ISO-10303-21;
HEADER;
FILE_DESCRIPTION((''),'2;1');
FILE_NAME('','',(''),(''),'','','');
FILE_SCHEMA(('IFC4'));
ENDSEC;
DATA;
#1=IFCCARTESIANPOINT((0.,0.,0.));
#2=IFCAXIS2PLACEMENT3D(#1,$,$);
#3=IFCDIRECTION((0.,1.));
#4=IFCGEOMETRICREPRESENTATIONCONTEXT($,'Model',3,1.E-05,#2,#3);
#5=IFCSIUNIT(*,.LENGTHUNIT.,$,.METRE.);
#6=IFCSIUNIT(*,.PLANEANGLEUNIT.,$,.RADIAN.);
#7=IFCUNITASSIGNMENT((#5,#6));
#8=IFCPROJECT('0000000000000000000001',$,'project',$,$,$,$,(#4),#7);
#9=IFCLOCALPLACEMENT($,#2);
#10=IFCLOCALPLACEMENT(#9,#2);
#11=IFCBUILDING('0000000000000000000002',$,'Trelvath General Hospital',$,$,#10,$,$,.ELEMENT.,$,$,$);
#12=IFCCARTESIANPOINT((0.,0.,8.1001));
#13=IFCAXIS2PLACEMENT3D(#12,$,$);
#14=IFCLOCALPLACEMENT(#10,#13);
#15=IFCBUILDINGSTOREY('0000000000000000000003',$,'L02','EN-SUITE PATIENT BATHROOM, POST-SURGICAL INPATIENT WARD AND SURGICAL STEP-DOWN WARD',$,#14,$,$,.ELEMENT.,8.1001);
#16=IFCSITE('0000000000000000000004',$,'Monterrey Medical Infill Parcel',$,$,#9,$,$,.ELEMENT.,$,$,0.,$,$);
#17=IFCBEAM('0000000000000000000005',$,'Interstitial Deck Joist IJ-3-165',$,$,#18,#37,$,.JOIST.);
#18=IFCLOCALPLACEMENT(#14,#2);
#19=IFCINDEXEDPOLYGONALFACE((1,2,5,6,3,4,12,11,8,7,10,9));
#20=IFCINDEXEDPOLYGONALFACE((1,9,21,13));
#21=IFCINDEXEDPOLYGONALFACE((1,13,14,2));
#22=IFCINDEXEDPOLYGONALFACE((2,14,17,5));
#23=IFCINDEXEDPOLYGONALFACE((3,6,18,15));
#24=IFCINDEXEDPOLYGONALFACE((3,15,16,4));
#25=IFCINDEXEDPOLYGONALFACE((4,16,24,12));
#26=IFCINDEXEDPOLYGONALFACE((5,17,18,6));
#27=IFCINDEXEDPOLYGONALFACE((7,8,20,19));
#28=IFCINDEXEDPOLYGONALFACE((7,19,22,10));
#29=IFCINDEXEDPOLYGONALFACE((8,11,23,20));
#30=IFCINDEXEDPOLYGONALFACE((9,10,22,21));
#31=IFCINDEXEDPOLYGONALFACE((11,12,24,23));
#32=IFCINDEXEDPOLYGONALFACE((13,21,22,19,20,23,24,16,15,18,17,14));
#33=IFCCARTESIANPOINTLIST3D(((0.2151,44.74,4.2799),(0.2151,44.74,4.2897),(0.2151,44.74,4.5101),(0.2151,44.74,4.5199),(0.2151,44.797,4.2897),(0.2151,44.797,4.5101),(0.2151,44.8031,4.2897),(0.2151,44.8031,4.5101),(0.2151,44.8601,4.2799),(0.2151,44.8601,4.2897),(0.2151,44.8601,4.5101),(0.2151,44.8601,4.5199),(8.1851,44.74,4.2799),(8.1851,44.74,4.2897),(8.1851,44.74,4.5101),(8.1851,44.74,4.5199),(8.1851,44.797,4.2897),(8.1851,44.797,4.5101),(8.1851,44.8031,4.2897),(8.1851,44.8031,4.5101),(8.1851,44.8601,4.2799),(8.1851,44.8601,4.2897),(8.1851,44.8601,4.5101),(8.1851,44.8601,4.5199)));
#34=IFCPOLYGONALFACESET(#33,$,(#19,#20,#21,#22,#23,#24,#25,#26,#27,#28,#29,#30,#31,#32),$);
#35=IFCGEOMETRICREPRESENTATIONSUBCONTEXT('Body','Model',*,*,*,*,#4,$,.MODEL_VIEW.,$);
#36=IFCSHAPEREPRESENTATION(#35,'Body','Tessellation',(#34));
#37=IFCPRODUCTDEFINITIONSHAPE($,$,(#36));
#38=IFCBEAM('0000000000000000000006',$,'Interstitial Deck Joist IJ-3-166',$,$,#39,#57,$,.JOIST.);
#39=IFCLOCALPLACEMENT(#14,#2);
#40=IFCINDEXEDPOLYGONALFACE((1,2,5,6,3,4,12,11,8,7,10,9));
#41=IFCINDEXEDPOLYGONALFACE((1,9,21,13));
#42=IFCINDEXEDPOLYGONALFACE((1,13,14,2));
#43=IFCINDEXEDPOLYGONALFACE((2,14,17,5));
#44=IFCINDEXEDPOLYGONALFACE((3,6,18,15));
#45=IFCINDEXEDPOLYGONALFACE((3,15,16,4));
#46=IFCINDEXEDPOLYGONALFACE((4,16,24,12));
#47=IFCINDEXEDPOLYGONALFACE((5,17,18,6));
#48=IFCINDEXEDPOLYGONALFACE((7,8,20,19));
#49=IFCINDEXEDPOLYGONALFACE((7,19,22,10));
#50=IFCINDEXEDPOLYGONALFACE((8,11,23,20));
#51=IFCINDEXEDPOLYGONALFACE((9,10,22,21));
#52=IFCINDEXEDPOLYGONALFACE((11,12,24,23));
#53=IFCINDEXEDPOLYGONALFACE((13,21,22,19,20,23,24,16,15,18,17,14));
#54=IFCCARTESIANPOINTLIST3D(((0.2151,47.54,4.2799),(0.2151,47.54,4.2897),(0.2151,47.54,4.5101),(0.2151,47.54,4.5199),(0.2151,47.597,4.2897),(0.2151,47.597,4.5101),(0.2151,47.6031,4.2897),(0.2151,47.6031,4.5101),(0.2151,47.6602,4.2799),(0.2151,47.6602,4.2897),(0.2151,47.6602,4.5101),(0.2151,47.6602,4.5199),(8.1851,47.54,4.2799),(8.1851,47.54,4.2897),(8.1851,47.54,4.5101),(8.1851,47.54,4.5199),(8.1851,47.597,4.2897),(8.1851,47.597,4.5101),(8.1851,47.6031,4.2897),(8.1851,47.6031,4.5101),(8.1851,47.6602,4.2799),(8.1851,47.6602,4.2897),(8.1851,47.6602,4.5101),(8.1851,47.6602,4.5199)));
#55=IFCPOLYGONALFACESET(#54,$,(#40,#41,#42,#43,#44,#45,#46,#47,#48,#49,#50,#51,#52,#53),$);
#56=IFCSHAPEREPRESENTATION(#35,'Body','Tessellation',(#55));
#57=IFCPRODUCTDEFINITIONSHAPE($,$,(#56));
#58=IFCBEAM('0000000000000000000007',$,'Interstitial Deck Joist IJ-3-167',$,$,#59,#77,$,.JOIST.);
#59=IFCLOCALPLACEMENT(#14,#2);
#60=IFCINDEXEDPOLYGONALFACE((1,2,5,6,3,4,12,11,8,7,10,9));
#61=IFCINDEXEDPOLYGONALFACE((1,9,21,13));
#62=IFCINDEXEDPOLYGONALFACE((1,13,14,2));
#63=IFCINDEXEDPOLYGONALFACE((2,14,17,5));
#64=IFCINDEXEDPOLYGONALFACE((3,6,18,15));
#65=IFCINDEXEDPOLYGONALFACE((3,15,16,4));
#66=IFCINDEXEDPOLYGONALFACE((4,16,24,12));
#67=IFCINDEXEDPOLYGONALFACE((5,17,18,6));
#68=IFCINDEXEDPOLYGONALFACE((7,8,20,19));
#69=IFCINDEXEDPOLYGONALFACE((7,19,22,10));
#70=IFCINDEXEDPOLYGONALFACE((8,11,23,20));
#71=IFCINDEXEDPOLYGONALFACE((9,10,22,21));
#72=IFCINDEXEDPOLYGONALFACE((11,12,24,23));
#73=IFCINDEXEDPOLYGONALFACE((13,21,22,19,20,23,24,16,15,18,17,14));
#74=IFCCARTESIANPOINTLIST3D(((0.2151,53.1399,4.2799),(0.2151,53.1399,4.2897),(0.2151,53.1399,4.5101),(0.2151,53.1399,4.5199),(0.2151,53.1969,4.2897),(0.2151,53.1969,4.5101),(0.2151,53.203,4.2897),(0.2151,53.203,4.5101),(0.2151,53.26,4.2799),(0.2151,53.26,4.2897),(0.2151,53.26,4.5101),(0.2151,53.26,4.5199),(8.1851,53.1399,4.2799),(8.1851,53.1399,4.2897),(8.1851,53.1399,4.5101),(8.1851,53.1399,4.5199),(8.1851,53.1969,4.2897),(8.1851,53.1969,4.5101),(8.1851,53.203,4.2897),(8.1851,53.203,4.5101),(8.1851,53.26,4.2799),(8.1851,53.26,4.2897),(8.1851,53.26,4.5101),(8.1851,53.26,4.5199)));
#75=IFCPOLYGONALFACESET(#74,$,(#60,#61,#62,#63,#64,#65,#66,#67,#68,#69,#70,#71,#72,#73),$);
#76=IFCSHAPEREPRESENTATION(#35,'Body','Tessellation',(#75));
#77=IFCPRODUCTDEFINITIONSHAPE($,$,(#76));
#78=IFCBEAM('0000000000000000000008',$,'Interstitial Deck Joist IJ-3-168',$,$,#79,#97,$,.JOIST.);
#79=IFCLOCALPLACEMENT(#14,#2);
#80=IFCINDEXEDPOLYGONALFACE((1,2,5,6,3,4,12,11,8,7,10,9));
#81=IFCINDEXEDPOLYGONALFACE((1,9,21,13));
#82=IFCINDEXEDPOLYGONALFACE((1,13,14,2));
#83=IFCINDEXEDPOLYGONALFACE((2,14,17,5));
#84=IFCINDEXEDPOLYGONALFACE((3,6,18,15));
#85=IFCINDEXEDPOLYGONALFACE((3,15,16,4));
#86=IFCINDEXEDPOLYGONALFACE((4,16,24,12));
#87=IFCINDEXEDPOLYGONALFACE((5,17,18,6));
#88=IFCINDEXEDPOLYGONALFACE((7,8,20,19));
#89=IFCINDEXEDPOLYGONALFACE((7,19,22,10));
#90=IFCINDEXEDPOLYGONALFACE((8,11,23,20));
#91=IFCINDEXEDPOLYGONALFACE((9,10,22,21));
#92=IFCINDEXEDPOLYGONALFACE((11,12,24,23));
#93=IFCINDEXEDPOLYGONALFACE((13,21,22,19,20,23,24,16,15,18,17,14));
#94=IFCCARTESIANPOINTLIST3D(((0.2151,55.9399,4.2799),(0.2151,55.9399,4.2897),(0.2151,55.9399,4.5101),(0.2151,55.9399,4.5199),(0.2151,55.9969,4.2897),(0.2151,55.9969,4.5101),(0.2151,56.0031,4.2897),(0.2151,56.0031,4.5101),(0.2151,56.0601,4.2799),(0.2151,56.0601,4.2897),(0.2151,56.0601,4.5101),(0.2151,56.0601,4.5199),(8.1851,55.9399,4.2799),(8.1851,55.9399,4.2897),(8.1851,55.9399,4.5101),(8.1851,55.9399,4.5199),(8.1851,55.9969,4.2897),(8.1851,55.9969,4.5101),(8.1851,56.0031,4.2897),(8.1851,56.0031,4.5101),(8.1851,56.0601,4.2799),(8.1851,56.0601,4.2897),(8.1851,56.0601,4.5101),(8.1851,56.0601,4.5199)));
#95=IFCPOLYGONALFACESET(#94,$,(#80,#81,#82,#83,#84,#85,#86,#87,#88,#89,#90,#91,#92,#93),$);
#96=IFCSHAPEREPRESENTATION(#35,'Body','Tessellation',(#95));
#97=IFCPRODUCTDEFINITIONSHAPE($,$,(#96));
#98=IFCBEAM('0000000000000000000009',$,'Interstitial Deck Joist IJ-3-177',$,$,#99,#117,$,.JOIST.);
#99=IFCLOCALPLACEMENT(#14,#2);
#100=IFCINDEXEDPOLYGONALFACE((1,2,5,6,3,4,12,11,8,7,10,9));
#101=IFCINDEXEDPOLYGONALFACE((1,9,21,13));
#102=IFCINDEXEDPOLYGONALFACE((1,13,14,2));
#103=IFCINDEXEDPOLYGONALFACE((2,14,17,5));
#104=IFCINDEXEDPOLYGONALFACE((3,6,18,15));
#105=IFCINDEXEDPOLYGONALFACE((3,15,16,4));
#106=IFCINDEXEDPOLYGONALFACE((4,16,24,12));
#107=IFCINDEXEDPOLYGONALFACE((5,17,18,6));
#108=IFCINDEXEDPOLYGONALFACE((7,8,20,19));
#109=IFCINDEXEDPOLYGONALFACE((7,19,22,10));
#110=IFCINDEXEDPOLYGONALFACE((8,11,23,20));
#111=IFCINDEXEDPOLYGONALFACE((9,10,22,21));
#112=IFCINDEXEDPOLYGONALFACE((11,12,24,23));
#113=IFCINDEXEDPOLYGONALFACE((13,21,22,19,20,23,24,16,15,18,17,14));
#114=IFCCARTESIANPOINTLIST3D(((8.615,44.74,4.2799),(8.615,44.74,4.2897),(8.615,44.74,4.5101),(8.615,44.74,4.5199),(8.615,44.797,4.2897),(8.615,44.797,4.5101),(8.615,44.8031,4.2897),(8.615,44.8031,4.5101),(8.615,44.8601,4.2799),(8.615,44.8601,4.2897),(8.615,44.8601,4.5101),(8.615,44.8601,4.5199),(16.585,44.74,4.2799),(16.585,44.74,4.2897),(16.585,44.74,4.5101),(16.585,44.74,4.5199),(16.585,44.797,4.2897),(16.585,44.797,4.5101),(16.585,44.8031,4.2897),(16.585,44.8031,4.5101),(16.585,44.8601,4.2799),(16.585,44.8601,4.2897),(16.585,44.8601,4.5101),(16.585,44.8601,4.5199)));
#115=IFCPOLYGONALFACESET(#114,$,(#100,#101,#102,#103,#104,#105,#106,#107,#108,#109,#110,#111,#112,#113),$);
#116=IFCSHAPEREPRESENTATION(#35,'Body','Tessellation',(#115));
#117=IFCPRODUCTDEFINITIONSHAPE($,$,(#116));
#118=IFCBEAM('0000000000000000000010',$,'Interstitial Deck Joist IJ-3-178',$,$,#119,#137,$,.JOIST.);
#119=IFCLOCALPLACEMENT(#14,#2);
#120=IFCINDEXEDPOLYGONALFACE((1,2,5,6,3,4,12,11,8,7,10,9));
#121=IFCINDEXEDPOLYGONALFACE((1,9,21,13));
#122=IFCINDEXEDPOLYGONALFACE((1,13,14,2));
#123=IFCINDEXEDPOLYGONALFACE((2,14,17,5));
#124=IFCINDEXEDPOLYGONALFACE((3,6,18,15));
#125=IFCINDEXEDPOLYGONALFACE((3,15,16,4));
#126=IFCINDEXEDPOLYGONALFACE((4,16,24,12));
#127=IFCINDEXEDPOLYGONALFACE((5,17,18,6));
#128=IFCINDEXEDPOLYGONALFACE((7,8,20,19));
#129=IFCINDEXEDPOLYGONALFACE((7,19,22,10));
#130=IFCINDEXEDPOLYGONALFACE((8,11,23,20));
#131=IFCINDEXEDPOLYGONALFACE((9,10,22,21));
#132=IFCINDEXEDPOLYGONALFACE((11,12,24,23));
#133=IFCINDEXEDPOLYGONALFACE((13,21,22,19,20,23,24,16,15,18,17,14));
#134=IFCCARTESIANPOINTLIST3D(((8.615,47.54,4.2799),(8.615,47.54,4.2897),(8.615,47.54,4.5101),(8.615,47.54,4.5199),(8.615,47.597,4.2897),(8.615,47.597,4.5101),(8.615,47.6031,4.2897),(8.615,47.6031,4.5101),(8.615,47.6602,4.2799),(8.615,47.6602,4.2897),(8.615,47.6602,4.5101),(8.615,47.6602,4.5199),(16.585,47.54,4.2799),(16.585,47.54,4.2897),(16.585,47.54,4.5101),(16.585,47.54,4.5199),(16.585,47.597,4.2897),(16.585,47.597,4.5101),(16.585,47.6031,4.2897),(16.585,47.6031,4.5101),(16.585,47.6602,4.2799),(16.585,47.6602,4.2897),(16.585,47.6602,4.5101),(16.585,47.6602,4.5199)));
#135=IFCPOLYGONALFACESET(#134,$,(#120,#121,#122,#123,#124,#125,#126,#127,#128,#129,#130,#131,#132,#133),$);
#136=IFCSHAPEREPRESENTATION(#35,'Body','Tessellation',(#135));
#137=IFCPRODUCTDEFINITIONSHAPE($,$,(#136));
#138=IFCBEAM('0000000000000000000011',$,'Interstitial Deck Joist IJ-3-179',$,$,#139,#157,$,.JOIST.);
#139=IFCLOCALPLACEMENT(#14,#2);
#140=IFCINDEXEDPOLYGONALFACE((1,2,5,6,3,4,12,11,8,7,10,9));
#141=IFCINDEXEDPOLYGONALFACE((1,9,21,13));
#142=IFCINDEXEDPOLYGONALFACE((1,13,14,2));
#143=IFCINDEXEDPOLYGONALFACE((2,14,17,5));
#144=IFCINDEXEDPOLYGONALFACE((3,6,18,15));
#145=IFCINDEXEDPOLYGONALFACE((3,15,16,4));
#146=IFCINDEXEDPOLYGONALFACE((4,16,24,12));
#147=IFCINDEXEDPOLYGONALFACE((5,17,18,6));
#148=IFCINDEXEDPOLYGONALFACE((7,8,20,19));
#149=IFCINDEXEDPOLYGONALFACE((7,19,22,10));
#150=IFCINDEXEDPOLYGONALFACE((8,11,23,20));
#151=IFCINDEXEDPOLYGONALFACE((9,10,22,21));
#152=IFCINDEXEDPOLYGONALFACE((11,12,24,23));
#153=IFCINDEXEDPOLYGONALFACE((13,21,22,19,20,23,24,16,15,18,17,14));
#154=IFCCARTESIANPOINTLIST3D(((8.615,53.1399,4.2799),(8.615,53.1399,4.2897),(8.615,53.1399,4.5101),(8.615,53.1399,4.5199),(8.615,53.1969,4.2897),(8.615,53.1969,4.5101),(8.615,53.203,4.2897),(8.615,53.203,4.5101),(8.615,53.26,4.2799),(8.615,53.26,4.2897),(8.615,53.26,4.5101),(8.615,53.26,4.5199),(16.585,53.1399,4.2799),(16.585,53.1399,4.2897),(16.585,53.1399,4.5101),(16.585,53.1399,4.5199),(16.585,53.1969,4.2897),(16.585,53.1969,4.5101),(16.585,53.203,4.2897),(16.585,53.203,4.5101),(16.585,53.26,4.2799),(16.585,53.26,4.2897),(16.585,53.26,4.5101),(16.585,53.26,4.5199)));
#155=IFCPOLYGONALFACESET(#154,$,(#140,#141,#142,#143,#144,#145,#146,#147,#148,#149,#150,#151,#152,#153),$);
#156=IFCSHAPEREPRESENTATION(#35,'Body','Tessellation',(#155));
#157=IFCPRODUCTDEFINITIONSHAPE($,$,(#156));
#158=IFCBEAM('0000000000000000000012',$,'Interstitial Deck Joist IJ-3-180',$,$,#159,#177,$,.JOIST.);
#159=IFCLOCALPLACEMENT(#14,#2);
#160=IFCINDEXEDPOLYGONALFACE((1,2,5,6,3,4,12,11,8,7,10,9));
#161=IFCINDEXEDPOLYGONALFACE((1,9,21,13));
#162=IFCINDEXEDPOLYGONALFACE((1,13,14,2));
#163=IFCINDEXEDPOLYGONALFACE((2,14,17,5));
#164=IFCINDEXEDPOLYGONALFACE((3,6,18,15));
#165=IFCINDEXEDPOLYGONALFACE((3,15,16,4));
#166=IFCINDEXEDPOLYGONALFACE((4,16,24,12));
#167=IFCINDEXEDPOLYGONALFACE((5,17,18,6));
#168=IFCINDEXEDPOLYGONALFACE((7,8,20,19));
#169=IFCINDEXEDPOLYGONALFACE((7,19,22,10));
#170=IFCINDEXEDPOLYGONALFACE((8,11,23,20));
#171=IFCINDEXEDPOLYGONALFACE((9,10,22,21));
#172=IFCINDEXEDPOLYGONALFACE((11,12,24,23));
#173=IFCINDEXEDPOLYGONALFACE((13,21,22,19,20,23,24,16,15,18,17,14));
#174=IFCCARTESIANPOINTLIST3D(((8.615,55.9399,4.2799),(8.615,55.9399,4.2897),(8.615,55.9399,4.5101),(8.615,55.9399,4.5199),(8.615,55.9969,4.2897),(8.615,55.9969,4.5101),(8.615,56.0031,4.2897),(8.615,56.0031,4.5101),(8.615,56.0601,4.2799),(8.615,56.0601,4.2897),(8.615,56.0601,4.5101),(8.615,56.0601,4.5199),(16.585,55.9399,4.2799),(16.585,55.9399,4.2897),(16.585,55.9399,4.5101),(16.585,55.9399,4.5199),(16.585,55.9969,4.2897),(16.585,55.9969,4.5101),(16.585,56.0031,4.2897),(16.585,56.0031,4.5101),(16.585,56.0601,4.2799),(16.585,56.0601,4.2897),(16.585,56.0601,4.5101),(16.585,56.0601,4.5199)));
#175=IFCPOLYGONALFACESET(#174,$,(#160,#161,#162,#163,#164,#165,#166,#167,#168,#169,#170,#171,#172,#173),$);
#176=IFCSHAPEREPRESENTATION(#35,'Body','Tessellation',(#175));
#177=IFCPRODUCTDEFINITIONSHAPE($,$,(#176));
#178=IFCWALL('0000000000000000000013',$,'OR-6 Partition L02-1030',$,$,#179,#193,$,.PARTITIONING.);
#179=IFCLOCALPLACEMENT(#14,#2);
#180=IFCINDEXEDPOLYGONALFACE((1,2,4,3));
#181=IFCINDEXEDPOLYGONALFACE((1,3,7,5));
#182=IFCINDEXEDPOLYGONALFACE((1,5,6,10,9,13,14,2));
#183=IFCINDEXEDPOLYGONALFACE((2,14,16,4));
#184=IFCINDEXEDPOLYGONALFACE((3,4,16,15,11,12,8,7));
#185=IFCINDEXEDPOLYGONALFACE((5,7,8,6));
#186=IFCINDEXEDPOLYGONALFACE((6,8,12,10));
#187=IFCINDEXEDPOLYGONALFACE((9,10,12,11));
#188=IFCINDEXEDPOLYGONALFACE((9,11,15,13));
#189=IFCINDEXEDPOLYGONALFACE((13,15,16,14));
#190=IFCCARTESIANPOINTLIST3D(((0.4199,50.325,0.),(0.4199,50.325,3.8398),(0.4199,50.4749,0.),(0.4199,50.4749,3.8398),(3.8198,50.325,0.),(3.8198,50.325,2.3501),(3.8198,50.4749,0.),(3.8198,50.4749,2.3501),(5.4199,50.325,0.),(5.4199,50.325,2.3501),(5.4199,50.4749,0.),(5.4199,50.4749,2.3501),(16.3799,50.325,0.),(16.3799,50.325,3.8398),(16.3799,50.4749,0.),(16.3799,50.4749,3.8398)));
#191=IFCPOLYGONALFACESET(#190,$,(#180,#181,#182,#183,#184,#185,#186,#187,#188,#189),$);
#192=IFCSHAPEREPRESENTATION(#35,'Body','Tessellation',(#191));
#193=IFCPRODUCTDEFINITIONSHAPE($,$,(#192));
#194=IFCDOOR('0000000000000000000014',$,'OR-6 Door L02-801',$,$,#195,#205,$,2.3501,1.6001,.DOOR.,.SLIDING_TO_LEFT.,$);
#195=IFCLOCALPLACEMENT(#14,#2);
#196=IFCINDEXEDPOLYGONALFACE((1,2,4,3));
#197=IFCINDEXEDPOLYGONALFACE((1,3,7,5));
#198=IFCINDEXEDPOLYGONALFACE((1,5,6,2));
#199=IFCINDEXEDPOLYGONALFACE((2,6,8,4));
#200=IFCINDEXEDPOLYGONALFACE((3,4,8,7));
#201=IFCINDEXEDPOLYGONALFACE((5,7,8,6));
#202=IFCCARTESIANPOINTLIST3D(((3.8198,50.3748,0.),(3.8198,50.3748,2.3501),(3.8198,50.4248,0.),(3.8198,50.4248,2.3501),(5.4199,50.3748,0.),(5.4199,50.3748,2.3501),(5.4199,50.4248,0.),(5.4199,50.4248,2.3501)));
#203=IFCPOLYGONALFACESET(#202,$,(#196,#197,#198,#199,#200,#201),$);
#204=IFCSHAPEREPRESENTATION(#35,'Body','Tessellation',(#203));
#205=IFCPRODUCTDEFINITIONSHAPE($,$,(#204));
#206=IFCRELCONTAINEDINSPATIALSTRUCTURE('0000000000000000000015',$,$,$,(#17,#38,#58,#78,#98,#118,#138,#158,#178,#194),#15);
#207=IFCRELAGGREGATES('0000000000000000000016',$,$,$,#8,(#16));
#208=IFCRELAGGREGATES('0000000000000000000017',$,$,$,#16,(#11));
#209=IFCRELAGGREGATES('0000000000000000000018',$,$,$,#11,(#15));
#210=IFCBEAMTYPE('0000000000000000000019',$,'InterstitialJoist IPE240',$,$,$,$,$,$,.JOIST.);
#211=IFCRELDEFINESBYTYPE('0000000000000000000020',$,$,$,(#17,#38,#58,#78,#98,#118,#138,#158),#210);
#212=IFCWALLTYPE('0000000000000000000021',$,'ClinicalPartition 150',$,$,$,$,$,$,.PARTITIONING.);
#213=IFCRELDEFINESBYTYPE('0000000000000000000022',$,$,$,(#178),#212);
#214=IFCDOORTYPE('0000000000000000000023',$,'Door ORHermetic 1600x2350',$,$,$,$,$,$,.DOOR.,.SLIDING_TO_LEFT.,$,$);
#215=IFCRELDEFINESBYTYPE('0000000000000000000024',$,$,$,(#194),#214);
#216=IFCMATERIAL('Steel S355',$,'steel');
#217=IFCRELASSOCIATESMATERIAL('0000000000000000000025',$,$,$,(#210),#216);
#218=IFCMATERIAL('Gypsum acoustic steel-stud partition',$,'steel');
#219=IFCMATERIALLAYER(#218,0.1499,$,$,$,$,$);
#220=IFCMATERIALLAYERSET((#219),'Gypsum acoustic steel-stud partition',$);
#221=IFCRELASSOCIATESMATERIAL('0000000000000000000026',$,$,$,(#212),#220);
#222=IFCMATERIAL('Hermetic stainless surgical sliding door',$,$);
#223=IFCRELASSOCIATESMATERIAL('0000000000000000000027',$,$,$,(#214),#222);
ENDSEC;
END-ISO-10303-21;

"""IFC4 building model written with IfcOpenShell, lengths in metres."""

from ifc_helpers import new_model, si_unit, direction, frame, frame_2d, origin, origin_2d, place, context, subcontext, project, spatial, rectangle, i_section, extrude, material, layer, layer_set, material_profile, profile_set, type_object, element, fill, save


model = new_model("IFC4")

# Units and contexts
model_context = context("Model", 3, precision=1e-05, world=origin(), true_north=direction((0.0, 1.0)))
body_context = subcontext(model_context, "Body", "Model", "MODEL_VIEW")
ifc_project = project(units=[si_unit("LENGTHUNIT", "METRE"), si_unit("PLANEANGLEUNIT", "RADIAN")], contexts=[model_context])

# Site, building, storey
site_placement = place(None, origin())
site = spatial("IfcSite", under=ifc_project, at=site_placement, Name="Monterrey Medical Infill Parcel", CompositionType="ELEMENT", RefElevation=0.0)
building_placement = place(site_placement, origin())
building = spatial("IfcBuilding", under=site, at=building_placement, Name="Trelvath General Hospital", CompositionType="ELEMENT")
storey_placement = place(building_placement, frame((0.0, 0.0, 8.1001)))
storey = spatial("IfcBuildingStorey", under=building, at=storey_placement, Name="L02", Description="EN-SUITE PATIENT BATHROOM, POST-SURGICAL INPATIENT WARD AND SURGICAL STEP-DOWN WARD", CompositionType="ELEMENT", Elevation=8.1001)

# Beams
ifc_material_1 = material(Name="Steel S355", Category="steel")
ifc_material_profile_1 = material_profile(ifc_material_1, i_section(OverallWidth=0.1201, OverallDepth=0.24, WebThickness=0.0061, FlangeThickness=0.0098, at=origin_2d()), Name="IPE240")
ifc_profile_set_1 = profile_set([ifc_material_profile_1], Name="Steel S355")
beam_type_1 = type_object("IfcBeamType", Name="InterstitialJoist IPE240", PredefinedType="JOIST", material=ifc_profile_set_1)
for number, where, z_axis, x_axis, name in (
    (1, (0.2151, 44.8, 4.3999), (1.0, 0.0, 0.0), (0.0, 1.0, 0.0), "Interstitial Deck Joist IJ-3-165"),
    (2, (0.2151, 47.6001, 4.3999), (1.0, 0.0, 0.0), (0.0, 1.0, 0.0), "Interstitial Deck Joist IJ-3-166"),
    (3, (0.2151, 53.2, 4.3999), (1.0, 0.0, 0.0), (0.0, 1.0, 0.0), "Interstitial Deck Joist IJ-3-167"),
    (4, (0.2151, 56.0, 4.3999), (1.0, 0.0, 0.0), (0.0, 1.0, 0.0), "Interstitial Deck Joist IJ-3-168"),
    (5, (8.615, 44.8, 4.3999), (1.0, 0.0, 0.0), (0.0, 1.0, 0.0), "Interstitial Deck Joist IJ-3-177"),
    (6, (8.615, 47.6001, 4.3999), (1.0, 0.0, 0.0), (0.0, 1.0, 0.0), "Interstitial Deck Joist IJ-3-178"),
    (7, (8.615, 53.2, 4.3999), (1.0, 0.0, 0.0), (0.0, 1.0, 0.0), "Interstitial Deck Joist IJ-3-179"),
    (8, (8.615, 56.0, 4.3999), (1.0, 0.0, 0.0), (0.0, 1.0, 0.0), "Interstitial Deck Joist IJ-3-180"),
):
    element("IfcBeam", number, at=place(storey_placement, frame(where, z_axis=z_axis, x_axis=x_axis)), inside=storey, type_object=beam_type_1, Name=name, PredefinedType="JOIST", context=body_context, shape_type="SweptSolid", body=[
        extrude(i_section(OverallWidth=0.1201, OverallDepth=0.24, WebThickness=0.0061, FlangeThickness=0.0098, at=origin_2d()), origin(), (0.0, 0.0, 1.0), 7.97),
    ])

# Wall, opening, door
ifc_material_2 = material(Name="Gypsum acoustic steel-stud partition", Category="steel")
ifc_layer_1 = layer(ifc_material_2, 0.1499)
ifc_layer_set_1 = layer_set([ifc_layer_1], Name="Gypsum acoustic steel-stud partition")
wall_type_1 = type_object("IfcWallType", Name="ClinicalPartition 150", PredefinedType="PARTITIONING", material=ifc_layer_set_1)
wall_1_placement = place(storey_placement, frame((0.4199, 50.3999, 0.0), z_axis=(0.0, 0.0, 1.0), x_axis=(1.0, 0.0, 0.0)))
wall_1 = element("IfcWall", 9, at=wall_1_placement, inside=storey, type_object=wall_type_1, Name="OR-6 Partition L02-1030", PredefinedType="PARTITIONING", context=body_context, shape_type="SweptSolid", body=[
    extrude(rectangle(XDim=15.96, YDim=0.1499, at=frame_2d((7.98, 0.0))), origin(), (0.0, 0.0, 1.0), 3.8398),
])
opening_1_placement = place(wall_1_placement, frame((3.3999, 0.0, 0.0)))
opening_1 = element("IfcOpeningElement", 10, at=opening_1_placement, cuts=wall_1, PredefinedType="OPENING", context=body_context, shape_type="SweptSolid", body=[
    extrude(rectangle(XDim=1.6001, YDim=2.3501, at=frame_2d((0.8, 1.175))), frame((0.0, 0.085, 0.0), z_axis=(0.0, -1.0, 0.0), x_axis=(1.0, 0.0, 0.0)), (0.0, 0.0, 1.0), 0.1699),
])
ifc_material_3 = material(Name="Hermetic stainless surgical sliding door")
door_type = type_object("IfcDoorType", Name="Door ORHermetic 1600x2350", OperationType="SLIDING_TO_LEFT", PredefinedType="DOOR", material=ifc_material_3)
door_placement = place(opening_1_placement, origin())
door = element("IfcDoor", 11, at=door_placement, inside=storey, type_object=door_type, Name="OR-6 Door L02-801", OperationType="SLIDING_TO_LEFT", OverallHeight=2.3501, OverallWidth=1.6001, PredefinedType="DOOR", context=body_context, shape_type="SweptSolid", body=[
    extrude(rectangle(XDim=1.6001, YDim=2.3501, at=frame_2d((0.8, 1.175))), frame((0.0, 0.0249, 0.0), z_axis=(0.0, -1.0, 0.0), x_axis=(1.0, 0.0, 0.0)), (0.0, 0.0, 1.0), 0.05),
])
fill(opening_1, door)

save(model, "model.ifc")
